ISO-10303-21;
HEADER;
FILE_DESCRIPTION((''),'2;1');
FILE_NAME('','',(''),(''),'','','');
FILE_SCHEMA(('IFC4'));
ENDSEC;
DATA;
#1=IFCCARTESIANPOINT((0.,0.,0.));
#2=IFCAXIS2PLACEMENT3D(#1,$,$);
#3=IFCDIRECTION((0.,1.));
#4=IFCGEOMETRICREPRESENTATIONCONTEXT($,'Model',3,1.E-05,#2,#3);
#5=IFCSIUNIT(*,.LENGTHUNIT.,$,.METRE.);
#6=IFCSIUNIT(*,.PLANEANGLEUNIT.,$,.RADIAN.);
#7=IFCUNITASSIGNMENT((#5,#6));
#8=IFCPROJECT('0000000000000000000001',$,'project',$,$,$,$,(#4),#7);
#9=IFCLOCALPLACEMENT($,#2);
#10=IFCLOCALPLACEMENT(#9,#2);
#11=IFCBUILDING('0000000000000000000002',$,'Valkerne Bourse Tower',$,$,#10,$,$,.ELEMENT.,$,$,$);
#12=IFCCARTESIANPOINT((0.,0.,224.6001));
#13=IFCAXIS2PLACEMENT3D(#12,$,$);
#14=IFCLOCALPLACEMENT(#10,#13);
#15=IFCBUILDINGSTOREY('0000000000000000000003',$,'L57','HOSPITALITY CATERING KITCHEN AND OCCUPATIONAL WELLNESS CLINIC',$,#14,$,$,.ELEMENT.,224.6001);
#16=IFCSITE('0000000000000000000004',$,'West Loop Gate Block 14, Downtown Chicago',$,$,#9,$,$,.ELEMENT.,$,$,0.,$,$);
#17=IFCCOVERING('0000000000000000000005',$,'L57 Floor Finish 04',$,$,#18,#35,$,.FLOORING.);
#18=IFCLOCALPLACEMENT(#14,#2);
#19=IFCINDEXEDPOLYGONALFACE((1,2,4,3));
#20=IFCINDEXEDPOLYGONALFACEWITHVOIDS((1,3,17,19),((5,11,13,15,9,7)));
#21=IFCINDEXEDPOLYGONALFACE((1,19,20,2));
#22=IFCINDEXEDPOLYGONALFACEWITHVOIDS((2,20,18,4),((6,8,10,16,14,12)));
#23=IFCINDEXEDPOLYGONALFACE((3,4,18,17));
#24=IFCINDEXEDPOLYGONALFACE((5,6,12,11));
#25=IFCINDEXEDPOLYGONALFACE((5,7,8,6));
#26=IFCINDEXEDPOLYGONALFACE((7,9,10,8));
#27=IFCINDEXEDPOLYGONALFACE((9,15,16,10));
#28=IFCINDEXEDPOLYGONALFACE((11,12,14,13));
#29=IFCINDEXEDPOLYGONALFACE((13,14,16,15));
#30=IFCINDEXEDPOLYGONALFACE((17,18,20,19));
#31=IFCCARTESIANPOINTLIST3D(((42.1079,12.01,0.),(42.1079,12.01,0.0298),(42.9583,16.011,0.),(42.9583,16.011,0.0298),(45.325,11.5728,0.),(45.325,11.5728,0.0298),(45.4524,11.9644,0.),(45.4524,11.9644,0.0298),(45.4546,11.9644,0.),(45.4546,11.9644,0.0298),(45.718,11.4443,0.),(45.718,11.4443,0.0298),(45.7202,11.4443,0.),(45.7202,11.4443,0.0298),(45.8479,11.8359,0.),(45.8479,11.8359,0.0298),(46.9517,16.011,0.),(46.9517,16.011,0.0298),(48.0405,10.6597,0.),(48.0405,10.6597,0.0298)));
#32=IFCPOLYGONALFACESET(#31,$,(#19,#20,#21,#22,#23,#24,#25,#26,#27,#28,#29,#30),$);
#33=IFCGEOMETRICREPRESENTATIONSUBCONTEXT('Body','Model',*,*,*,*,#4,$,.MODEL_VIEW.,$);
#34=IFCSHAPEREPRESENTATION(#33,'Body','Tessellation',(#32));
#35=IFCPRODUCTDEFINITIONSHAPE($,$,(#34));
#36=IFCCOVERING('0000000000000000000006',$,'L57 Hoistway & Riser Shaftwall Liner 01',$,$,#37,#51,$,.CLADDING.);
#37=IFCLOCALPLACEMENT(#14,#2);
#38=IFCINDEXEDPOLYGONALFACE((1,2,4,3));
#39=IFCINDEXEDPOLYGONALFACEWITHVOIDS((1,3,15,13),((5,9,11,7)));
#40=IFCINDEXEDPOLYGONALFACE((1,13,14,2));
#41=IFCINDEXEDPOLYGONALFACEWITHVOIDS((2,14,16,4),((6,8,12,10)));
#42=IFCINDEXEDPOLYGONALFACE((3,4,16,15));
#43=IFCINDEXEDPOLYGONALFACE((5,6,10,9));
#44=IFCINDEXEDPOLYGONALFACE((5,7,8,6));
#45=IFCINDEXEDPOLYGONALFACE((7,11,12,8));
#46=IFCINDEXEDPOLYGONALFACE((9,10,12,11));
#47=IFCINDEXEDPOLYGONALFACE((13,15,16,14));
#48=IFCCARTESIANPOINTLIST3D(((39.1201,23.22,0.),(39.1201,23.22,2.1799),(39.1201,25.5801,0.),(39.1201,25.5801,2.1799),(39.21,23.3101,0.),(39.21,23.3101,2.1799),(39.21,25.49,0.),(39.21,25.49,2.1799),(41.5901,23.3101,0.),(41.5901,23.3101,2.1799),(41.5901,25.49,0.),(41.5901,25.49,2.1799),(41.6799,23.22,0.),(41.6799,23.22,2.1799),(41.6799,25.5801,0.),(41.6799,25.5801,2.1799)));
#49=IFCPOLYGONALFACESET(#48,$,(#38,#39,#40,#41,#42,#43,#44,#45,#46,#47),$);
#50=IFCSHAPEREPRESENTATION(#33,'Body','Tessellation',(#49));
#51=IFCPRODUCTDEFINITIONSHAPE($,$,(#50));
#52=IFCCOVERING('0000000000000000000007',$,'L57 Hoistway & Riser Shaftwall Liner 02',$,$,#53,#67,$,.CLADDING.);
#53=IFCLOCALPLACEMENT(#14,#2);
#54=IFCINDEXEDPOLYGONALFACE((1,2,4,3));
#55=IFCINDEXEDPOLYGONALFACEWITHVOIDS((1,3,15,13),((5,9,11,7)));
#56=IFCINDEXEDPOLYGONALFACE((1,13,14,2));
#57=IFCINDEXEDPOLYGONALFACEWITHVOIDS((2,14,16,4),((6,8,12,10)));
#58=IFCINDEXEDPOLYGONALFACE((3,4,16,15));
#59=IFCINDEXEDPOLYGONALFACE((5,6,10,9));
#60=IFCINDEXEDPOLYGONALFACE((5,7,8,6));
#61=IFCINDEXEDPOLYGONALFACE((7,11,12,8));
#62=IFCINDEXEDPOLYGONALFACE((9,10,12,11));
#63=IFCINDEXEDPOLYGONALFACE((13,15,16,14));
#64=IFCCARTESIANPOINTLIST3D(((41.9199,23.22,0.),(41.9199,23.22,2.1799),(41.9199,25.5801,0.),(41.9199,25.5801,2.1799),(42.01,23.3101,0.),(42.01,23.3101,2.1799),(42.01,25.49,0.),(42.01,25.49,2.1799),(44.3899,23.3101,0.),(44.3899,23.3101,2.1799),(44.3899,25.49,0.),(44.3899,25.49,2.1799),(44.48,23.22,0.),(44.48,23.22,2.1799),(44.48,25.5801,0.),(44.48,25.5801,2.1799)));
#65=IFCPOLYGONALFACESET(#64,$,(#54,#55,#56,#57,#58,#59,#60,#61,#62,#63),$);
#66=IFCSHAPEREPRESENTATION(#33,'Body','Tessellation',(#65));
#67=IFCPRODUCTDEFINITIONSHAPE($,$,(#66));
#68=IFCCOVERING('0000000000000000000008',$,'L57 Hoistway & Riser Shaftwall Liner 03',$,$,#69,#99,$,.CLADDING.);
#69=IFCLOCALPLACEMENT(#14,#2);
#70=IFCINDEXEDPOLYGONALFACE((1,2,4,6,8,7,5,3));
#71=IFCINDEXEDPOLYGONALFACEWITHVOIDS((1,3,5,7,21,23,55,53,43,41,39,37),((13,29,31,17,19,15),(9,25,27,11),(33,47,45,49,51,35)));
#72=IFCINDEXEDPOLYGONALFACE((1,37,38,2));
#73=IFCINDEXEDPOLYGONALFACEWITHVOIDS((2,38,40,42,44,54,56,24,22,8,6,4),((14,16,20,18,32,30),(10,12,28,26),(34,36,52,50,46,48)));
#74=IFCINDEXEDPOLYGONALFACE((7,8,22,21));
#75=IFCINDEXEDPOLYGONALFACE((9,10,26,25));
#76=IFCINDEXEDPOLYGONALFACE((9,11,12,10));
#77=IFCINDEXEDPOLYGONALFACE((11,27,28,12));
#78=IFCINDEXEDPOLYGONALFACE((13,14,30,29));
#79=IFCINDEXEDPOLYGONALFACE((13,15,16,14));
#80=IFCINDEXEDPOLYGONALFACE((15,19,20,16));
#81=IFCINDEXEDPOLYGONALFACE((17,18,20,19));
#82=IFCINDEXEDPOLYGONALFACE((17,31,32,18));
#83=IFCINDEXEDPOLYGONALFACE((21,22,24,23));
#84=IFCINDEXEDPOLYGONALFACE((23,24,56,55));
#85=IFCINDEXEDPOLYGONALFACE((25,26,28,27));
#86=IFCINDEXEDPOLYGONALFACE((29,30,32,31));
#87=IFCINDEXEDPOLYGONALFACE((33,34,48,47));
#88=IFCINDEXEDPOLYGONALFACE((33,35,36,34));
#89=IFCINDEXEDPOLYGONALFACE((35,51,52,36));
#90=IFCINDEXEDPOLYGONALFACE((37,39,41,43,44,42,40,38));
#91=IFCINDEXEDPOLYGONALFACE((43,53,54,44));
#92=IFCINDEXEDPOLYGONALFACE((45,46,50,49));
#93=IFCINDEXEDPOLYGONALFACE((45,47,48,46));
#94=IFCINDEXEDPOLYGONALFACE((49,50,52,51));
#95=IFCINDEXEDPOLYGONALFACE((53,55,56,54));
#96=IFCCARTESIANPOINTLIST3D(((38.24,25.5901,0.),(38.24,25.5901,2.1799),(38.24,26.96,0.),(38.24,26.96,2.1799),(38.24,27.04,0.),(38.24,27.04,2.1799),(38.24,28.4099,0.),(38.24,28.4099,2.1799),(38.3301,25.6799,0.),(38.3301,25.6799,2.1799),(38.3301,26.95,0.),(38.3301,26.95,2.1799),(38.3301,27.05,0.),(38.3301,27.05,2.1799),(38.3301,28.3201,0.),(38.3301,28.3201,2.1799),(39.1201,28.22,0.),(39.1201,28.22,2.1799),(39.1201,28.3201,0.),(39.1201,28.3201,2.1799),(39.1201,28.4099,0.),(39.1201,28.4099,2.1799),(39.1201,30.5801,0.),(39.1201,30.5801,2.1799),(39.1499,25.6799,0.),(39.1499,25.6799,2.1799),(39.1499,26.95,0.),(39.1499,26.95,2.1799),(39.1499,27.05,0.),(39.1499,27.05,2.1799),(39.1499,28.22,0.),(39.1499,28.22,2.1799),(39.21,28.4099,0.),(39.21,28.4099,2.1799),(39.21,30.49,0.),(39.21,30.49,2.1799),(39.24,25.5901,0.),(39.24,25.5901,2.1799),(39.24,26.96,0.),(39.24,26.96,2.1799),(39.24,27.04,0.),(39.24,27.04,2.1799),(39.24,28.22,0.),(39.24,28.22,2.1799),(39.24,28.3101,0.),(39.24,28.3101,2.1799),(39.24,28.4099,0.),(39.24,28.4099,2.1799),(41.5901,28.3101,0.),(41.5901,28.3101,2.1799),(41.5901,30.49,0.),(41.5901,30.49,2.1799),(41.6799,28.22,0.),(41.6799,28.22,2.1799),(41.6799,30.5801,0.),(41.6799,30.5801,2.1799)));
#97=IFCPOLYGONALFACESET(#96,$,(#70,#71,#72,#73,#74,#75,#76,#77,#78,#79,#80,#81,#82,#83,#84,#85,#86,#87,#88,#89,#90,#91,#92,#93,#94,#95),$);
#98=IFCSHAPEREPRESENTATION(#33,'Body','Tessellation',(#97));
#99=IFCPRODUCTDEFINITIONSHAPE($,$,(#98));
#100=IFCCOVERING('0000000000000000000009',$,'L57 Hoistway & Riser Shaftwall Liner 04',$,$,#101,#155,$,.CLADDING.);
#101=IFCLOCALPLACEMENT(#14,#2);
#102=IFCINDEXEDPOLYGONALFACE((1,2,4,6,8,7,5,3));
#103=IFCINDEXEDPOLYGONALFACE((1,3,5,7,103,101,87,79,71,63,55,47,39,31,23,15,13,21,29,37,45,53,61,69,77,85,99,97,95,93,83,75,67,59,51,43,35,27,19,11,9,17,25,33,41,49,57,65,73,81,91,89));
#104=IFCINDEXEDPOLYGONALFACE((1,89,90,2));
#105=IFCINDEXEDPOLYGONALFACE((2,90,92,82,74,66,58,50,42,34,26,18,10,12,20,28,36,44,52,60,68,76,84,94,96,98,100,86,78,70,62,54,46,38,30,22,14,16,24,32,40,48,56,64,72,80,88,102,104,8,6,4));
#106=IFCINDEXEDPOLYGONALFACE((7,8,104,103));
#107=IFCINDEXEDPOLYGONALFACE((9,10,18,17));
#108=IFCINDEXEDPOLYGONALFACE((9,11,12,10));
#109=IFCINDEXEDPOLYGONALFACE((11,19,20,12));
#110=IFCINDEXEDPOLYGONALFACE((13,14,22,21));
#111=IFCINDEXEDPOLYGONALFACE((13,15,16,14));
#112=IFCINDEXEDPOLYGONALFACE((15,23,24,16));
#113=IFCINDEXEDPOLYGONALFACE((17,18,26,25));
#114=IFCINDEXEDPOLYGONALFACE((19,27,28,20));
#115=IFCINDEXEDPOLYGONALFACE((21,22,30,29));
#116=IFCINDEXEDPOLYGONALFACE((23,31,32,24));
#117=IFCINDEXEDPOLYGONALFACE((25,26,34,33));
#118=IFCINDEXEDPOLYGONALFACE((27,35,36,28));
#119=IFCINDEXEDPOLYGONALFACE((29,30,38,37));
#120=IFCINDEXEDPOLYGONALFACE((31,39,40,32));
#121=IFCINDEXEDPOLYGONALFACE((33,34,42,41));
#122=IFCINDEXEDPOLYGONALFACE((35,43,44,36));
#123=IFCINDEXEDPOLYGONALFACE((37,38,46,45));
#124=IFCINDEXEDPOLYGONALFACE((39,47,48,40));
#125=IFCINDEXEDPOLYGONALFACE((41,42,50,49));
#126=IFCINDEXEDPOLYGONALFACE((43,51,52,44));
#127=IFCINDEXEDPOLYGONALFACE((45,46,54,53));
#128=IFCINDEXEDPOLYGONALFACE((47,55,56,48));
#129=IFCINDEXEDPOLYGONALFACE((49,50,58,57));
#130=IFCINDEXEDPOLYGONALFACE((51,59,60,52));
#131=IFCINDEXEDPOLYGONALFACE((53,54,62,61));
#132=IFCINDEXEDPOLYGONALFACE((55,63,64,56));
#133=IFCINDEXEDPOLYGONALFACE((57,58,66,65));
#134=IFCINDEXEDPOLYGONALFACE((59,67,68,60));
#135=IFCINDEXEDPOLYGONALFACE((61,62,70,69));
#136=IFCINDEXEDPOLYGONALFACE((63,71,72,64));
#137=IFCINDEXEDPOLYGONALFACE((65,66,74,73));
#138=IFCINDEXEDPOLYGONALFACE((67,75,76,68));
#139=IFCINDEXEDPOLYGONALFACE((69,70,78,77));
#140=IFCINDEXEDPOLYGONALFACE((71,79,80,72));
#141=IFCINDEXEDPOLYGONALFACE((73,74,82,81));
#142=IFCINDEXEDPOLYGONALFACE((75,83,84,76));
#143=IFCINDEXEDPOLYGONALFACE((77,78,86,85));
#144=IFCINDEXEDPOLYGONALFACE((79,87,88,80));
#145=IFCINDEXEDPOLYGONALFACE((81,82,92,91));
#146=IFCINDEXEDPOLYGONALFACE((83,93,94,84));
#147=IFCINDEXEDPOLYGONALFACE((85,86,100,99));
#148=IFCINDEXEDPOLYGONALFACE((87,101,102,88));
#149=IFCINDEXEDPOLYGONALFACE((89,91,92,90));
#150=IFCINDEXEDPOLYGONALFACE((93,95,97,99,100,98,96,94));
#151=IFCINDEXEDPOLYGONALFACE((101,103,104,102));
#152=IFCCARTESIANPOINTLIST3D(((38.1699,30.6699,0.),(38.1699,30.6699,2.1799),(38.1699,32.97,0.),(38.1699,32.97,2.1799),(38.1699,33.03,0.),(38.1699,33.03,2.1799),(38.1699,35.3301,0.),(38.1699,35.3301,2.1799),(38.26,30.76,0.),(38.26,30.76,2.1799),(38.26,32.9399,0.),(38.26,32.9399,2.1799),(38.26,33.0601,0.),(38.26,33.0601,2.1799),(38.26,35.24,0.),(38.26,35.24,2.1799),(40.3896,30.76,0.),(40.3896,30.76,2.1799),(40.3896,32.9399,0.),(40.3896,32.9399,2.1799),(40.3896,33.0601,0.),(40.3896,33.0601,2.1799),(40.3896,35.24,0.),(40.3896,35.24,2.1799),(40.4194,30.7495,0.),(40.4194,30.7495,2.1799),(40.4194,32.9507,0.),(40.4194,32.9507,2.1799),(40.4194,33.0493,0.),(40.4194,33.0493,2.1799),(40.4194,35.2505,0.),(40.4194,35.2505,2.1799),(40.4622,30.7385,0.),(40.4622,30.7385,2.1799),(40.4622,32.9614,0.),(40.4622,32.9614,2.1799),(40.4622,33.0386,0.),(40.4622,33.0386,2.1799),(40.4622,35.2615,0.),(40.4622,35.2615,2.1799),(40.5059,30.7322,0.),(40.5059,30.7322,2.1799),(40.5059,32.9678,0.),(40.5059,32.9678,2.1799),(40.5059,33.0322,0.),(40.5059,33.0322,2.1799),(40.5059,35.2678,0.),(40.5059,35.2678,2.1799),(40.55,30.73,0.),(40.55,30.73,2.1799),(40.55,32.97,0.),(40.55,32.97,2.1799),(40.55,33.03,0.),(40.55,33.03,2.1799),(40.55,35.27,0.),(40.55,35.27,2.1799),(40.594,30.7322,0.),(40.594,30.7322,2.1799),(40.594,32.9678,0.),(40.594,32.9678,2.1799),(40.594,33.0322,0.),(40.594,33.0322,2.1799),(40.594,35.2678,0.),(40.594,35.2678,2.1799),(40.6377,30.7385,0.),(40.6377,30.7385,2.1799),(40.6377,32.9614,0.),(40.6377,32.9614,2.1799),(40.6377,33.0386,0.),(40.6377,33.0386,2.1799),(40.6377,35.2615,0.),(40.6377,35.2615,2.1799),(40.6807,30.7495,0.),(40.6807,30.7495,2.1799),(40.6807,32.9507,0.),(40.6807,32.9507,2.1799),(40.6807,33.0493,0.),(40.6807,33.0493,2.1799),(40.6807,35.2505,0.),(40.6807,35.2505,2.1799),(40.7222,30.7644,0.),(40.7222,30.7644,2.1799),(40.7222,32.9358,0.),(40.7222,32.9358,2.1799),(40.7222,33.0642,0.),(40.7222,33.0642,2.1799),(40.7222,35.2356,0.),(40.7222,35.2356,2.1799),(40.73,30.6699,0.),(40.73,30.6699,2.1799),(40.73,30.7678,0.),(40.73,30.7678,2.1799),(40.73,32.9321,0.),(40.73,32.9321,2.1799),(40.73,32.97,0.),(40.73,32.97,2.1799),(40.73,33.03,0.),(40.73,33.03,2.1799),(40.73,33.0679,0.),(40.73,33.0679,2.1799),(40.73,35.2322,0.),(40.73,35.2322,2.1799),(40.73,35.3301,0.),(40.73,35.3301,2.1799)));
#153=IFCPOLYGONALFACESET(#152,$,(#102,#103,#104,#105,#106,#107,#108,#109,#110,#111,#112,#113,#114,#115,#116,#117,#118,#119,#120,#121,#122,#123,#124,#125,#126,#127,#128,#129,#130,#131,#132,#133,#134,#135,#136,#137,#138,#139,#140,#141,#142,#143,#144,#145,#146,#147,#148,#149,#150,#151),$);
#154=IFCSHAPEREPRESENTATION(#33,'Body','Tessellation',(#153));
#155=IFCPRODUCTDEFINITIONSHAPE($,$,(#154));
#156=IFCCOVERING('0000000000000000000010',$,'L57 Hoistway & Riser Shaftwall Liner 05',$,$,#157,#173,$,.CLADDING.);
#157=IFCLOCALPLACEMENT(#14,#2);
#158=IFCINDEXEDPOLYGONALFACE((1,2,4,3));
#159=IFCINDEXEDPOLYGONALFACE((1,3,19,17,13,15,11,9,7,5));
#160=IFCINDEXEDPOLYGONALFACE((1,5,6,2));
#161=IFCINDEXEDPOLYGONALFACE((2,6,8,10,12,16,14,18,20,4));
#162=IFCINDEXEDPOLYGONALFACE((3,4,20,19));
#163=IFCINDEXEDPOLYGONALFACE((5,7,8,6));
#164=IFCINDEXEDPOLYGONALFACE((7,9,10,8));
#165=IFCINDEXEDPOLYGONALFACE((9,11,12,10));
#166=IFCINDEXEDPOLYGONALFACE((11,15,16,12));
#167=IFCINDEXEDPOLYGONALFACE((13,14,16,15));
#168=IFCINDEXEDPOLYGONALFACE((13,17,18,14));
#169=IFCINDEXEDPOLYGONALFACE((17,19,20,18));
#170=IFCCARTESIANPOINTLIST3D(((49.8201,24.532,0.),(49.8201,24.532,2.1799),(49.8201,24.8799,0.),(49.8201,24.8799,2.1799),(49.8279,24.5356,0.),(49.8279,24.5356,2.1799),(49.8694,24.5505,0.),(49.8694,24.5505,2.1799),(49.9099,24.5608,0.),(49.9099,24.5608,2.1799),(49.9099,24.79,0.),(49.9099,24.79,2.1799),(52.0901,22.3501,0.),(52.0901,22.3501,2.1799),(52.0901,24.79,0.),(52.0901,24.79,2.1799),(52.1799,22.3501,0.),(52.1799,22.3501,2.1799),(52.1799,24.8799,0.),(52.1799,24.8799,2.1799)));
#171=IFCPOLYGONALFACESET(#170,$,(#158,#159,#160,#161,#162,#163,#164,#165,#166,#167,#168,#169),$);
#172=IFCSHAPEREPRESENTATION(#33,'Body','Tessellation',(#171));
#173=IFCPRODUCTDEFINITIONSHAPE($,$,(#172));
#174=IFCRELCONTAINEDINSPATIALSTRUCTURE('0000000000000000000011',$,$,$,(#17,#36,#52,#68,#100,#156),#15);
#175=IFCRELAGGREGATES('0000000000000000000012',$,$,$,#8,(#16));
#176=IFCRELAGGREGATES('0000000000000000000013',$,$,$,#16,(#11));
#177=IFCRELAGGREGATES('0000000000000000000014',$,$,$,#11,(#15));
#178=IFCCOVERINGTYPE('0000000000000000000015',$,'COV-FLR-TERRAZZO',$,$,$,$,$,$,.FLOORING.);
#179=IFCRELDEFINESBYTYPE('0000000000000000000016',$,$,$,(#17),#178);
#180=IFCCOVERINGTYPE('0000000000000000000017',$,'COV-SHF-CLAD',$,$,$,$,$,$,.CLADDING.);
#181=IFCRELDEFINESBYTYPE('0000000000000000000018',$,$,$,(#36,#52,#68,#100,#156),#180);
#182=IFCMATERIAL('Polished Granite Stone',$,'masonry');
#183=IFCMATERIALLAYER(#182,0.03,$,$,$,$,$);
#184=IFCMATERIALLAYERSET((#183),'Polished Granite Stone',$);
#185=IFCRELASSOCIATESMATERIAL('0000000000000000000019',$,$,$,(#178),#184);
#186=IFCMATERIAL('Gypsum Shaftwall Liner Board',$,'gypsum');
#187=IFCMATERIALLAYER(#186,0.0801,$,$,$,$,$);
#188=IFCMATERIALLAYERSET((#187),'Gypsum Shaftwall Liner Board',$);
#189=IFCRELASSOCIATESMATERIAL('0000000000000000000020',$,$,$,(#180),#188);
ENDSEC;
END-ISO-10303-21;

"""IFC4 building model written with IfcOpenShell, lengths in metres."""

from ifc_helpers import new_model, si_unit, direction, frame, origin, place, context, subcontext, project, spatial, polyline, outline, extrude, material, layer, layer_set, type_object, element, save


model = new_model("IFC4")

# Units and contexts
model_context = context("Model", 3, precision=1e-05, world=origin(), true_north=direction((0.0, 1.0)))
body_context = subcontext(model_context, "Body", "Model", "MODEL_VIEW")
ifc_project = project(units=[si_unit("LENGTHUNIT", "METRE"), si_unit("PLANEANGLEUNIT", "RADIAN")], contexts=[model_context])

# Site, building, storey
site_placement = place(None, origin())
site = spatial("IfcSite", under=ifc_project, at=site_placement, Name="West Loop Gate Block 14, Downtown Chicago", CompositionType="ELEMENT", RefElevation=0.0)
building_placement = place(site_placement, origin())
building = spatial("IfcBuilding", under=site, at=building_placement, Name="Valkerne Bourse Tower", CompositionType="ELEMENT")
storey_placement = place(building_placement, frame((0.0, 0.0, 224.6001)))
storey = spatial("IfcBuildingStorey", under=building, at=storey_placement, Name="L57", Description="HOSPITALITY CATERING KITCHEN AND OCCUPATIONAL WELLNESS CLINIC", CompositionType="ELEMENT", Elevation=224.6001)

# Coverings
ifc_material_1 = material(Name="Polished Granite Stone", Category="masonry")
ifc_layer_1 = layer(ifc_material_1, 0.03)
ifc_layer_set_1 = layer_set([ifc_layer_1], Name="Polished Granite Stone")
covering_type_1 = type_object("IfcCoveringType", Name="COV-FLR-TERRAZZO", PredefinedType="FLOORING", material=ifc_layer_set_1)
covering_1_placement = place(storey_placement, origin())
element("IfcCovering", 1, at=covering_1_placement, inside=storey, type_object=covering_type_1, Name="L57 Floor Finish 04", PredefinedType="FLOORING", context=body_context, shape_type="SweptSolid", body=[
    extrude(outline(polyline([(46.9517, 16.011), (48.0405, 10.6597), (42.1079, 12.01), (42.9583, 16.011), (46.9517, 16.011)]), holes=[polyline([(45.4546, 11.9644), (45.4524, 11.9644), (45.325, 11.5728), (45.718, 11.4443), (45.7202, 11.4443), (45.8479, 11.8359), (45.4546, 11.9644)])]), origin(), (0.0, 0.0, 1.0), 0.0298),
])
ifc_material_2 = material(Name="Gypsum Shaftwall Liner Board", Category="gypsum")
ifc_layer_2 = layer(ifc_material_2, 0.0801)
ifc_layer_set_2 = layer_set([ifc_layer_2], Name="Gypsum Shaftwall Liner Board")
covering_type_2 = type_object("IfcCoveringType", Name="COV-SHF-CLAD", PredefinedType="CLADDING", material=ifc_layer_set_2)
covering_2_placement = place(storey_placement, origin())
element("IfcCovering", 2, at=covering_2_placement, inside=storey, type_object=covering_type_2, Name="L57 Hoistway & Riser Shaftwall Liner 01", PredefinedType="CLADDING", context=body_context, shape_type="SweptSolid", body=[
    extrude(outline(polyline([(41.6799, 25.5801), (41.6799, 23.22), (39.1201, 23.22), (39.1201, 25.5801), (41.6799, 25.5801)]), holes=[polyline([(41.5901, 25.49), (39.21, 25.49), (39.21, 23.3101), (41.5901, 23.3101), (41.5901, 25.49)])]), origin(), (0.0, 0.0, 1.0), 2.1799),
])
covering_3_placement = place(storey_placement, origin())
element("IfcCovering", 3, at=covering_3_placement, inside=storey, type_object=covering_type_2, Name="L57 Hoistway & Riser Shaftwall Liner 02", PredefinedType="CLADDING", context=body_context, shape_type="SweptSolid", body=[
    extrude(outline(polyline([(44.48, 23.22), (41.9199, 23.22), (41.9199, 25.5801), (44.48, 25.5801), (44.48, 23.22)]), holes=[polyline([(42.01, 25.49), (42.01, 23.3101), (44.3899, 23.3101), (44.3899, 25.49), (42.01, 25.49)])]), origin(), (0.0, 0.0, 1.0), 2.1799),
])
covering_4_placement = place(storey_placement, origin())
element("IfcCovering", 4, at=covering_4_placement, inside=storey, type_object=covering_type_2, Name="L57 Hoistway & Riser Shaftwall Liner 03", PredefinedType="CLADDING", context=body_context, shape_type="SweptSolid", body=[
    extrude(outline(polyline([(38.24, 28.4099), (39.1201, 28.4099), (39.1201, 30.5801), (41.6799, 30.5801), (41.6799, 28.22), (39.24, 28.22), (39.24, 27.04), (39.24, 26.96), (39.24, 25.5901), (38.24, 25.5901), (38.24, 26.96), (38.24, 27.04), (38.24, 28.4099)]), holes=[polyline([(38.3301, 26.95), (38.3301, 25.6799), (39.1499, 25.6799), (39.1499, 26.95), (38.3301, 26.95)]), polyline([(39.21, 30.49), (39.21, 28.4099), (39.24, 28.4099), (39.24, 28.3101), (41.5901, 28.3101), (41.5901, 30.49), (39.21, 30.49)]), polyline([(38.3301, 27.05), (39.1499, 27.05), (39.1499, 28.22), (39.1201, 28.22), (39.1201, 28.3201), (38.3301, 28.3201), (38.3301, 27.05)])]), origin(), (0.0, 0.0, 1.0), 2.1799),
])
covering_5_placement = place(storey_placement, origin())
element("IfcCovering", 5, at=covering_5_placement, inside=storey, type_object=covering_type_2, Name="L57 Hoistway & Riser Shaftwall Liner 04", PredefinedType="CLADDING", context=body_context, shape_type="SweptSolid", body=[
    extrude(outline(polyline([(38.1699, 35.3301), (40.73, 35.3301), (40.73, 35.2322), (40.7222, 35.2356), (40.6807, 35.2505), (40.6377, 35.2615), (40.594, 35.2678), (40.55, 35.27), (40.5059, 35.2678), (40.4622, 35.2615), (40.4194, 35.2505), (40.3896, 35.24), (38.26, 35.24), (38.26, 33.0601), (40.3896, 33.0601), (40.4194, 33.0493), (40.4622, 33.0386), (40.5059, 33.0322), (40.55, 33.03), (40.594, 33.0322), (40.6377, 33.0386), (40.6807, 33.0493), (40.7222, 33.0642), (40.73, 33.0679), (40.73, 33.03), (40.73, 32.97), (40.73, 32.9321), (40.7222, 32.9358), (40.6807, 32.9507), (40.6377, 32.9614), (40.594, 32.9678), (40.55, 32.97), (40.5059, 32.9678), (40.4622, 32.9614), (40.4194, 32.9507), (40.3896, 32.9399), (38.26, 32.9399), (38.26, 30.76), (40.3896, 30.76), (40.4194, 30.7495), (40.4622, 30.7385), (40.5059, 30.7322), (40.55, 30.73), (40.594, 30.7322), (40.6377, 30.7385), (40.6807, 30.7495), (40.7222, 30.7644), (40.73, 30.7678), (40.73, 30.6699), (38.1699, 30.6699), (38.1699, 32.97), (38.1699, 33.03), (38.1699, 35.3301)])), origin(), (0.0, 0.0, 1.0), 2.1799),
])
covering_6_placement = place(storey_placement, origin())
element("IfcCovering", 6, at=covering_6_placement, inside=storey, type_object=covering_type_2, Name="L57 Hoistway & Riser Shaftwall Liner 05", PredefinedType="CLADDING", context=body_context, shape_type="SweptSolid", body=[
    extrude(outline(polyline([(52.1799, 22.3501), (52.0901, 22.3501), (52.0901, 24.79), (49.9099, 24.79), (49.9099, 24.5608), (49.8694, 24.5505), (49.8279, 24.5356), (49.8201, 24.532), (49.8201, 24.8799), (52.1799, 24.8799), (52.1799, 22.3501)])), origin(), (0.0, 0.0, 1.0), 2.1799),
])

save(model, "model.ifc")
